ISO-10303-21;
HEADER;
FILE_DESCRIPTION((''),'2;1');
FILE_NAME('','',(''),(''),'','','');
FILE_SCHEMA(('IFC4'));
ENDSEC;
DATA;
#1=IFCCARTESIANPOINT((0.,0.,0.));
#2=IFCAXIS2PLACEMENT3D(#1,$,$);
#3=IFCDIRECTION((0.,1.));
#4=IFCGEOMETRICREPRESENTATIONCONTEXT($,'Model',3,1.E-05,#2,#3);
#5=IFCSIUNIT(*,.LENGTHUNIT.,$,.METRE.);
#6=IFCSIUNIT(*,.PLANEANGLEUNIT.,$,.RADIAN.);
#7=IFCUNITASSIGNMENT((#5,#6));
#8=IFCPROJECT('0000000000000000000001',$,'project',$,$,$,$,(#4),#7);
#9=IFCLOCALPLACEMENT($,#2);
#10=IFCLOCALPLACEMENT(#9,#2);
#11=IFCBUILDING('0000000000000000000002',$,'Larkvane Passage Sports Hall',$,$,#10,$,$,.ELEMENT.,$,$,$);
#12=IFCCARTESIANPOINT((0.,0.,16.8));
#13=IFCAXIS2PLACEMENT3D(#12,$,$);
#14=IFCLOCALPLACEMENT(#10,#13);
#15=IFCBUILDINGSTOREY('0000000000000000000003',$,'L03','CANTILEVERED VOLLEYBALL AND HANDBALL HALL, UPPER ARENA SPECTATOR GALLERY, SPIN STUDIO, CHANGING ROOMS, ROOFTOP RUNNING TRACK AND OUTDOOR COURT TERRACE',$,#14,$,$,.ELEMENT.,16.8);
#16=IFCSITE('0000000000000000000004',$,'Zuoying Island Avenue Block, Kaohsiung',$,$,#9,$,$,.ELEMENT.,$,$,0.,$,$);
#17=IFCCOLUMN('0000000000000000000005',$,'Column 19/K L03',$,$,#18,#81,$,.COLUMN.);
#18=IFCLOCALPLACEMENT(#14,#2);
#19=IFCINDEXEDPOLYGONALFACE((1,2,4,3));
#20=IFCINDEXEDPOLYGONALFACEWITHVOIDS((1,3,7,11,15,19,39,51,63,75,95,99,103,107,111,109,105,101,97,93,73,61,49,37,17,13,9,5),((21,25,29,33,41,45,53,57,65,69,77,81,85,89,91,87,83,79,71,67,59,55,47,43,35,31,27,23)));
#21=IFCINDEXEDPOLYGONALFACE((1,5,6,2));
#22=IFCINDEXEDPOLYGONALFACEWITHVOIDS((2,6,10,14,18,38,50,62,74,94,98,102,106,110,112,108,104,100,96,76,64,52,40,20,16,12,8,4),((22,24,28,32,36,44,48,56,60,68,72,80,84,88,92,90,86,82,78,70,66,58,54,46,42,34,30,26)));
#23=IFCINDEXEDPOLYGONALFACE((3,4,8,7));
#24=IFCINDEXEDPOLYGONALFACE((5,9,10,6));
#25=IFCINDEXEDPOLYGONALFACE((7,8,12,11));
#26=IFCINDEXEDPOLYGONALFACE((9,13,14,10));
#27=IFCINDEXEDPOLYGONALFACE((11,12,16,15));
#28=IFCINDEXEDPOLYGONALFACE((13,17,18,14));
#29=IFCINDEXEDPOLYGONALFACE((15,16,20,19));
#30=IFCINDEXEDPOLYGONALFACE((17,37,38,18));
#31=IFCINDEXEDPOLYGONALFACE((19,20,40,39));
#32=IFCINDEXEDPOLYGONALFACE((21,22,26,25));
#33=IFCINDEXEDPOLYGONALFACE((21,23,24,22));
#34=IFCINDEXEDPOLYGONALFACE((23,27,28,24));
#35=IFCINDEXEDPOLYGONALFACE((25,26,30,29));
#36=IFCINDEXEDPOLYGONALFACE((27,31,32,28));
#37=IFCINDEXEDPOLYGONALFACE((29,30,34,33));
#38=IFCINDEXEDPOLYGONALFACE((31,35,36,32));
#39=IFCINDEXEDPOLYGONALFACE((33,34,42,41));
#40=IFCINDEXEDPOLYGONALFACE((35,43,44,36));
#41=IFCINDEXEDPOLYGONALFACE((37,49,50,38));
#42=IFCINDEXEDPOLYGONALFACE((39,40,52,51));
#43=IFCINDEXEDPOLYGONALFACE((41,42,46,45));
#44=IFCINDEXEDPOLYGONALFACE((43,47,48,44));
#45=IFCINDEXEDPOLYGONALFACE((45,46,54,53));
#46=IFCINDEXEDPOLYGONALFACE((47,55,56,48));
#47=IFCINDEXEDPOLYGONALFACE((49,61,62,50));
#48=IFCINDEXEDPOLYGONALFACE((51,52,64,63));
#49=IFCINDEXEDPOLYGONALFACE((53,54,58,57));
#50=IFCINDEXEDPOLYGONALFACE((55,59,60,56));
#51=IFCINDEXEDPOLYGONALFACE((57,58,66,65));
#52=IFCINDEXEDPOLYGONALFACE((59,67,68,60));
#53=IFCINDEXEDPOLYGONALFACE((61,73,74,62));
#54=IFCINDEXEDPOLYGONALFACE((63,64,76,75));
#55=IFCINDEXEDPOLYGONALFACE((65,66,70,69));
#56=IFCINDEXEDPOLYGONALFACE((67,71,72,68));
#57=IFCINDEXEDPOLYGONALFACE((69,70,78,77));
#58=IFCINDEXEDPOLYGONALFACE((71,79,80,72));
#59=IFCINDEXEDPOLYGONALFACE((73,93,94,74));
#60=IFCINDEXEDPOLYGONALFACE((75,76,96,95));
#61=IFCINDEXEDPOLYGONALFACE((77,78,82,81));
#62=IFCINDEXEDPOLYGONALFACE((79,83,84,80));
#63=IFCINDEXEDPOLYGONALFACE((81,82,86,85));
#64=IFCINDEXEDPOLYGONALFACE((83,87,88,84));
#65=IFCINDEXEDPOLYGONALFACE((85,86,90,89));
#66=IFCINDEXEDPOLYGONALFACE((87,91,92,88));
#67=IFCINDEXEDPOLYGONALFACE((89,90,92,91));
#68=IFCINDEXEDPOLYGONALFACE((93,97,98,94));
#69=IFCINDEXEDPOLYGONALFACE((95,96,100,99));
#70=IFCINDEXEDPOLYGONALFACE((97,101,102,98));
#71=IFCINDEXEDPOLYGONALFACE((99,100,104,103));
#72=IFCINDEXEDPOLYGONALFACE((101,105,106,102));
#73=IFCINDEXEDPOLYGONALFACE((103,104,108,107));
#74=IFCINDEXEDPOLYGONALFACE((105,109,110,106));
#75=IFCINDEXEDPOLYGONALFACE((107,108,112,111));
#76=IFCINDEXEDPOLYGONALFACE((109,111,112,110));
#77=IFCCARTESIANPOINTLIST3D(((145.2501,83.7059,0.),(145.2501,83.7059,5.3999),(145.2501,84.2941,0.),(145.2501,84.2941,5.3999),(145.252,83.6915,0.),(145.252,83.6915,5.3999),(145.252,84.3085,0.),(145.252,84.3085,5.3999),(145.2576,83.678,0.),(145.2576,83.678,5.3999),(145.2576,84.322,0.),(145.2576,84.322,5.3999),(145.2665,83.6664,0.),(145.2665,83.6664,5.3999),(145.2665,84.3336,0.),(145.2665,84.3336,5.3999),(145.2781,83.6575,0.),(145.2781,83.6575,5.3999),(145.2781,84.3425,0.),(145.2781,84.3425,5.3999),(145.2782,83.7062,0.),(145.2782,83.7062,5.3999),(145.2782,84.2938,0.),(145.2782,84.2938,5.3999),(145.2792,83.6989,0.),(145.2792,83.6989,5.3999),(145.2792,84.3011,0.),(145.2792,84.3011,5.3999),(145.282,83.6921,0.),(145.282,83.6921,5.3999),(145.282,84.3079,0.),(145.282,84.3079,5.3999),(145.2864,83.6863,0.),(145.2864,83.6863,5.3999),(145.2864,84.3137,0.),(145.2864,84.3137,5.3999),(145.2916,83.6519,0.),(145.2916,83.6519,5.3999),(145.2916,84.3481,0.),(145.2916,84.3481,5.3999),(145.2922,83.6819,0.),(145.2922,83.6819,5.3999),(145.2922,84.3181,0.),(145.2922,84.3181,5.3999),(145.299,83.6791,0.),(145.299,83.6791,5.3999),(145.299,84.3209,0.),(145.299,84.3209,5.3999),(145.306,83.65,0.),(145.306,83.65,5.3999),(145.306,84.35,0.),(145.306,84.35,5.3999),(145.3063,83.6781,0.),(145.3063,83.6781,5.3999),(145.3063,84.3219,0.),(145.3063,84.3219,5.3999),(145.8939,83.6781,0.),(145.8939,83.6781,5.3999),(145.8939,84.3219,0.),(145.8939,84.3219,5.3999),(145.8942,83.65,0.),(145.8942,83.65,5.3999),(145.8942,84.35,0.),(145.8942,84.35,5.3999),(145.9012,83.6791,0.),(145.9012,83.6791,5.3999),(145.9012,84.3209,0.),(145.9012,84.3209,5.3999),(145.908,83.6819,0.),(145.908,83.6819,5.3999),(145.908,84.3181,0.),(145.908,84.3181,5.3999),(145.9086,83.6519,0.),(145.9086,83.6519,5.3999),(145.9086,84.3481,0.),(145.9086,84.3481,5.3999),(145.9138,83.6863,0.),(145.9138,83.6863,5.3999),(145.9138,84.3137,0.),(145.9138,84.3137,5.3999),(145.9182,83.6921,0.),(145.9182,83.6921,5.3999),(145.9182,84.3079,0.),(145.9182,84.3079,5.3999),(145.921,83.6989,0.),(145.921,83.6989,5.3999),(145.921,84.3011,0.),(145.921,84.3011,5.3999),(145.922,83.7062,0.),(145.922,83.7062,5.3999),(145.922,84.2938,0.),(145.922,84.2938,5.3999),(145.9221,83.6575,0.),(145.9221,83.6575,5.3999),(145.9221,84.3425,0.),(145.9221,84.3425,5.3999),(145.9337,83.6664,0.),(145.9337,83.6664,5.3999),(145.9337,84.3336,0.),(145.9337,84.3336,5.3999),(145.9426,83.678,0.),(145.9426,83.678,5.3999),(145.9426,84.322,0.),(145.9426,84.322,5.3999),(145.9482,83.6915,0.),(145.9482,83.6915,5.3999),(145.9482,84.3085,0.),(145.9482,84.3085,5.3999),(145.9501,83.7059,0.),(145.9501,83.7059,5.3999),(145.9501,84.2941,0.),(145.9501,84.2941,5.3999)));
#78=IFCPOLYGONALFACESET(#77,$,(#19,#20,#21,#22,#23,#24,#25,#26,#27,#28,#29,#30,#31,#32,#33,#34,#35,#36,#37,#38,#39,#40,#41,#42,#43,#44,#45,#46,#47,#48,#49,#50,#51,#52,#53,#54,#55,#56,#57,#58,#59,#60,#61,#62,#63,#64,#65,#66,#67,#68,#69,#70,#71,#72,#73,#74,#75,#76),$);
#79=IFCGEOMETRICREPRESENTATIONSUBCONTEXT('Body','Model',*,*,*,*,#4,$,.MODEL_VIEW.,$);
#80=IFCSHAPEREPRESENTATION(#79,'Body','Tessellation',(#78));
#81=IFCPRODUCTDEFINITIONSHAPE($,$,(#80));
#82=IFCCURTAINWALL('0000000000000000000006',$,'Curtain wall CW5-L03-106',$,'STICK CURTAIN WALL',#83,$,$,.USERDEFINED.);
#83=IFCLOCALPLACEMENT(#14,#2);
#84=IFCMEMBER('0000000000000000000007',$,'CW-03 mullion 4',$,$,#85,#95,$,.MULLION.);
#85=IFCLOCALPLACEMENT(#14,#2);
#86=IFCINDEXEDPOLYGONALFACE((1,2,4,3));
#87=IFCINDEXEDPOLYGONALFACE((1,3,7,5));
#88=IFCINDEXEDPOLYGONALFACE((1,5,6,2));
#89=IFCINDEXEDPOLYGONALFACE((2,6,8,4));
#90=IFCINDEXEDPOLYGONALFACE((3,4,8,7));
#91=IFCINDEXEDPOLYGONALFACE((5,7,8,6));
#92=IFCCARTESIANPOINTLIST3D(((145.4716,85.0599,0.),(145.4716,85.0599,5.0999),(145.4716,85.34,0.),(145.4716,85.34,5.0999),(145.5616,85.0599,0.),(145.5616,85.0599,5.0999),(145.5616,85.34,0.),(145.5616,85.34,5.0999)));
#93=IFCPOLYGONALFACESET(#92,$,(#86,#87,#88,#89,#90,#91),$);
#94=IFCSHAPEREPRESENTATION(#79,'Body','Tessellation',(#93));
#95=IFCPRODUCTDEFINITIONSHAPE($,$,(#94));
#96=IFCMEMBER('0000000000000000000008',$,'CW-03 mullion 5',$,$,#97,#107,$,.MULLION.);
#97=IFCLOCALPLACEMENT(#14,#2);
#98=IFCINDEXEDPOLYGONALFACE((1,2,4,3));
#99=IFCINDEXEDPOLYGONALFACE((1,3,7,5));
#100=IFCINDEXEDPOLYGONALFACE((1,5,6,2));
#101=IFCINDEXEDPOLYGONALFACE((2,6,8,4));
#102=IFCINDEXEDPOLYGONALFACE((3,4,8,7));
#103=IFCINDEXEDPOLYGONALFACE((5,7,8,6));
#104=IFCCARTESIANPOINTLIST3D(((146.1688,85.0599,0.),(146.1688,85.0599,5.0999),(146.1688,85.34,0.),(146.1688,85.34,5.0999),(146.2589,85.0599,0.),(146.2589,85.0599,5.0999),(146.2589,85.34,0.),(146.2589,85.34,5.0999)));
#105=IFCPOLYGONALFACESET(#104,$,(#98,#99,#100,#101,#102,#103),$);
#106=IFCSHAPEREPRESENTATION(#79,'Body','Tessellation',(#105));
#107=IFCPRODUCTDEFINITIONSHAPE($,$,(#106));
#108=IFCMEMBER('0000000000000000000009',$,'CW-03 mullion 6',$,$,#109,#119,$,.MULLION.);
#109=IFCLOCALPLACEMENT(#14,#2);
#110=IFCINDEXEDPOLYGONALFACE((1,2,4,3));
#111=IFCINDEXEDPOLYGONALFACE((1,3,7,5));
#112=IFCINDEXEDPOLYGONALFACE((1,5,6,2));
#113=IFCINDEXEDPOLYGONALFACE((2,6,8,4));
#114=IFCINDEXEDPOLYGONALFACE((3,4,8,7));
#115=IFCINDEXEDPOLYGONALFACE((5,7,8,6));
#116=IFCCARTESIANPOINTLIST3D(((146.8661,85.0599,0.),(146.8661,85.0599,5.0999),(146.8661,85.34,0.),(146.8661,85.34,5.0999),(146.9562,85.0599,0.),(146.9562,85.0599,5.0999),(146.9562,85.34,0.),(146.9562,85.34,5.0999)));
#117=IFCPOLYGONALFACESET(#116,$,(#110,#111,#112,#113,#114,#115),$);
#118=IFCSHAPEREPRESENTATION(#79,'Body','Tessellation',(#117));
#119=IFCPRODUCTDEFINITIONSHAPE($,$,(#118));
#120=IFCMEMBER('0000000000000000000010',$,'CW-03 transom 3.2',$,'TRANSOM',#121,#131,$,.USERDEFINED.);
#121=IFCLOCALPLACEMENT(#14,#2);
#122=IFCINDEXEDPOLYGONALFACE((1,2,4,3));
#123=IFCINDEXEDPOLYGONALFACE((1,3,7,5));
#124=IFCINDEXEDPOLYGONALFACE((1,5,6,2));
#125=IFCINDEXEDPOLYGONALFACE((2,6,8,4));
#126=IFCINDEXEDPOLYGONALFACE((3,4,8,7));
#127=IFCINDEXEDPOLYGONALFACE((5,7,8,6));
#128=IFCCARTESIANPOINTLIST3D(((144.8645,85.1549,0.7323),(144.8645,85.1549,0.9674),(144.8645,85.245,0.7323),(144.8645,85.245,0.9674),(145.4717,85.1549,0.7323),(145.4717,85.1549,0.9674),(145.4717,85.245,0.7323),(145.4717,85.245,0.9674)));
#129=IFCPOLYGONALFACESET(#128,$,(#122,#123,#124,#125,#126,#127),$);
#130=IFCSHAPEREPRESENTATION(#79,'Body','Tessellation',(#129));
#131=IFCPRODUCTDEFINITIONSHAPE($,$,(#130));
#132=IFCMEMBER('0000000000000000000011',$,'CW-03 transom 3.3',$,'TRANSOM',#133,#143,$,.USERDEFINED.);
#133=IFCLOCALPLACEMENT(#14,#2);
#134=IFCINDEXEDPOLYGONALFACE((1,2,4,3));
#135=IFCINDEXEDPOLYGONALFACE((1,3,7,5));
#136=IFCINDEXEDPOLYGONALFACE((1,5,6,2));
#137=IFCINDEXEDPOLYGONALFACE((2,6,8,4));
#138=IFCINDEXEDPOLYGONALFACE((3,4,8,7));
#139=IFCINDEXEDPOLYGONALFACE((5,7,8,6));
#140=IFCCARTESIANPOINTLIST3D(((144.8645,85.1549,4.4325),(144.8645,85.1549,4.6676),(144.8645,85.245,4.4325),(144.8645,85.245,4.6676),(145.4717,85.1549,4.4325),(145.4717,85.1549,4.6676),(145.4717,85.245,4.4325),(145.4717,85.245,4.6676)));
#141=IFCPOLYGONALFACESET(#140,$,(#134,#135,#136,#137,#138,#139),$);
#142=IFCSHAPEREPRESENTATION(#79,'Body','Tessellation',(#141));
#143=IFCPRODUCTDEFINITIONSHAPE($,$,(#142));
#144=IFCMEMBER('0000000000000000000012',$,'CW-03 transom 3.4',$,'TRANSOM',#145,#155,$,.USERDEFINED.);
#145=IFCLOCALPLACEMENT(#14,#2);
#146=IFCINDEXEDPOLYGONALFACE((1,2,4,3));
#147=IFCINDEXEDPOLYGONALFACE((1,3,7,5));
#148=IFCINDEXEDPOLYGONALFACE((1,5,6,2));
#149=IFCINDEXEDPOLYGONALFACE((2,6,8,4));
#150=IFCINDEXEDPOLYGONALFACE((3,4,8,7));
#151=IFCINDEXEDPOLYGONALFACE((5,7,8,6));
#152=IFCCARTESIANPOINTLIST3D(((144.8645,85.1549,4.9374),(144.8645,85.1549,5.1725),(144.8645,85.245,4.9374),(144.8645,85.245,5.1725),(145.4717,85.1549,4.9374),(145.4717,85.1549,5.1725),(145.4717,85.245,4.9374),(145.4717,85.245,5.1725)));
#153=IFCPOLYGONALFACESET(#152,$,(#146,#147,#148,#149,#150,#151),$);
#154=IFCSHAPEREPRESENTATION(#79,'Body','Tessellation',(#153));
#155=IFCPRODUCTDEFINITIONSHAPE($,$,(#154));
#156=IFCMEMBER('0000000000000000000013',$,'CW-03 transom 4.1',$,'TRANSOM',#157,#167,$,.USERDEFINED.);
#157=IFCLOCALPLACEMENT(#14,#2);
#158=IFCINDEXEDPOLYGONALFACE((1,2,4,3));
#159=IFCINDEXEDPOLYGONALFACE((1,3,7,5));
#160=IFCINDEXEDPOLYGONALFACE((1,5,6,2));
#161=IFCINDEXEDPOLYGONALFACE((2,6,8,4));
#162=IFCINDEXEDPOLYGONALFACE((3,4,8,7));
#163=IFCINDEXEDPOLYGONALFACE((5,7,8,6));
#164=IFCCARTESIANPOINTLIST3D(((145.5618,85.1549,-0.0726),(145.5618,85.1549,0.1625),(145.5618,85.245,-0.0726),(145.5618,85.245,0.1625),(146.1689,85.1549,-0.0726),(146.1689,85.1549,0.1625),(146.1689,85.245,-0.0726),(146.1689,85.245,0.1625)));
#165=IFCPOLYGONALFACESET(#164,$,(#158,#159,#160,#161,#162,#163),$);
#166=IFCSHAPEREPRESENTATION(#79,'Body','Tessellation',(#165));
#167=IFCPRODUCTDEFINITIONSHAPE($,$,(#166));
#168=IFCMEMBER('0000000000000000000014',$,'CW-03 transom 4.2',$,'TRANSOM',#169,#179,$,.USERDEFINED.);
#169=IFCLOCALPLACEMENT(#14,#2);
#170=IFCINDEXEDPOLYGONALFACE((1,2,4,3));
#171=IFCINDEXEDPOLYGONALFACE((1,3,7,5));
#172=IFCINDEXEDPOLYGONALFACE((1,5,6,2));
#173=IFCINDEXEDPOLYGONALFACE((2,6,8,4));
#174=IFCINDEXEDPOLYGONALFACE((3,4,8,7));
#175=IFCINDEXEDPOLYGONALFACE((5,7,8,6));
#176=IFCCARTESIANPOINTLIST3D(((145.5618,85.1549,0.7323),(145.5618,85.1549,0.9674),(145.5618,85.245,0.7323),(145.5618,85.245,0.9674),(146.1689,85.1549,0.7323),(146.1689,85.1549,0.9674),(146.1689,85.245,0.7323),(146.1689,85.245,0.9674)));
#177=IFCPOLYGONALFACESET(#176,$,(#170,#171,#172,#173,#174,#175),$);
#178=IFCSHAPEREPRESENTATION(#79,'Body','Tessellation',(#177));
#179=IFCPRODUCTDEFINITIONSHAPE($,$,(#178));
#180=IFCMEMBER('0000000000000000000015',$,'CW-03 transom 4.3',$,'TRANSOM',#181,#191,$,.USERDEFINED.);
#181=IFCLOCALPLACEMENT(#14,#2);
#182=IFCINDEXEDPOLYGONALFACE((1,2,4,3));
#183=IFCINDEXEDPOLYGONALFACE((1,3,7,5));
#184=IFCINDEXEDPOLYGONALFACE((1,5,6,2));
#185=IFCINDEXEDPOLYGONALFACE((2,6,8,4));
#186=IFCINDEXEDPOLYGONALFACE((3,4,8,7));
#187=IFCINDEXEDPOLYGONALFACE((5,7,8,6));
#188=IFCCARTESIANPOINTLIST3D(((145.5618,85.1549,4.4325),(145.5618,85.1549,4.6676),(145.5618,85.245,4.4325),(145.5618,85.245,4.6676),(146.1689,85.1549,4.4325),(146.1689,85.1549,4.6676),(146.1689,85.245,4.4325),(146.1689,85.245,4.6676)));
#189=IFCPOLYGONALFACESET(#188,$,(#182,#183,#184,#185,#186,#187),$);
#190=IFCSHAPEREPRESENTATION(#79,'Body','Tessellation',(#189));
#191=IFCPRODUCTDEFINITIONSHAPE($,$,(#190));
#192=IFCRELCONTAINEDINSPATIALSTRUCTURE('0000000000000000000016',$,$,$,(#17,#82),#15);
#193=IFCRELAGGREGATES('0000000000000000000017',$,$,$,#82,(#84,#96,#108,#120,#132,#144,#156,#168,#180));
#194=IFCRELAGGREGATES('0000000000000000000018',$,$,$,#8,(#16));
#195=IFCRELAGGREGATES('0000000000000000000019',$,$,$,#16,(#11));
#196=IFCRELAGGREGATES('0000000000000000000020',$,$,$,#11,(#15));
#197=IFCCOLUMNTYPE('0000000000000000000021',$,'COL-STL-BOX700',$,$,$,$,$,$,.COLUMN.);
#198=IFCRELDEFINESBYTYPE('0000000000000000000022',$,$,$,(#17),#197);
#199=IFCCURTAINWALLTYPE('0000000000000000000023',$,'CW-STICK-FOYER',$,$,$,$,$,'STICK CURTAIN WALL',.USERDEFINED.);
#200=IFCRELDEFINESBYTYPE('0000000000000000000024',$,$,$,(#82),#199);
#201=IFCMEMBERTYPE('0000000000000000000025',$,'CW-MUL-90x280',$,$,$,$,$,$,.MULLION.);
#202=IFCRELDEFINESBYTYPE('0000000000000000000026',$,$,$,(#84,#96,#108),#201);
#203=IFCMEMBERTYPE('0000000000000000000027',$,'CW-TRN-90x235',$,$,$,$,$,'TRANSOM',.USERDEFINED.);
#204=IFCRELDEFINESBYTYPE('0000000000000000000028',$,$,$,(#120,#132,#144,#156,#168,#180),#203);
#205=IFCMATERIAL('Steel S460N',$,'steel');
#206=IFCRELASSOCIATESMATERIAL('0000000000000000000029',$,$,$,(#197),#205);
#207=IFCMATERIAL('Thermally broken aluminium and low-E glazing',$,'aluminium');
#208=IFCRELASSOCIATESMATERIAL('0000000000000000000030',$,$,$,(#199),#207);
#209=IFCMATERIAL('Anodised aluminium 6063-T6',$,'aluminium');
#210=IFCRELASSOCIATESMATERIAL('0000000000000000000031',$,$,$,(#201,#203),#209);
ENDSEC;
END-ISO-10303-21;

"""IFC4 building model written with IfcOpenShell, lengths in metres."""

from ifc_helpers import new_model, si_unit, direction, frame, origin, origin_2d, place, context, subcontext, project, spatial, rectangle, hollow_rectangle, extrude, material, material_profile, profile_set, type_object, element, aggregate, save


model = new_model("IFC4")

# Units and contexts
model_context = context("Model", 3, precision=1e-05, world=origin(), true_north=direction((0.0, 1.0)))
body_context = subcontext(model_context, "Body", "Model", "MODEL_VIEW")
ifc_project = project(units=[si_unit("LENGTHUNIT", "METRE"), si_unit("PLANEANGLEUNIT", "RADIAN")], contexts=[model_context])

# Site, building, storey
site_placement = place(None, origin())
site = spatial("IfcSite", under=ifc_project, at=site_placement, Name="Zuoying Island Avenue Block, Kaohsiung", CompositionType="ELEMENT", RefElevation=0.0)
building_placement = place(site_placement, origin())
building = spatial("IfcBuilding", under=site, at=building_placement, Name="Larkvane Passage Sports Hall", CompositionType="ELEMENT")
storey_placement = place(building_placement, frame((0.0, 0.0, 16.8)))
storey = spatial("IfcBuildingStorey", under=building, at=storey_placement, Name="L03", Description="CANTILEVERED VOLLEYBALL AND HANDBALL HALL, UPPER ARENA SPECTATOR GALLERY, SPIN STUDIO, CHANGING ROOMS, ROOFTOP RUNNING TRACK AND OUTDOOR COURT TERRACE", CompositionType="ELEMENT", Elevation=16.8)

# Column
ifc_material_1 = material(Name="Steel S460N", Category="steel")
ifc_material_profile_1 = material_profile(ifc_material_1, hollow_rectangle(XDim=0.7, YDim=0.7, WallThickness=0.0281, InnerFilletRadius=0.0281, OuterFilletRadius=0.0559, at=origin_2d()), Name="BOX-700x700x28")
ifc_profile_set_1 = profile_set([ifc_material_profile_1], Name="Steel S460N")
column_type = type_object("IfcColumnType", Name="COL-STL-BOX700", PredefinedType="COLUMN", material=ifc_profile_set_1)
column_placement = place(storey_placement, frame((145.6001, 84.0, 0.0), z_axis=(0.0, 0.0, 1.0), x_axis=(1.0, 0.0, 0.0)))
element("IfcColumn", 1, at=column_placement, inside=storey, type_object=column_type, Name="Column 19/K L03", PredefinedType="COLUMN", context=body_context, shape_type="SweptSolid", body=[
    extrude(hollow_rectangle(XDim=0.7, YDim=0.7, WallThickness=0.0281, InnerFilletRadius=0.0281, OuterFilletRadius=0.0559, at=origin_2d()), origin(), (0.0, 0.0, 1.0), 5.3999),
])

# Curtain wall, members
ifc_material_2 = material(Name="Thermally broken aluminium and low-E glazing", Category="aluminium")
curtain_wall_type = type_object("IfcCurtainWallType", Name="CW-STICK-FOYER", ElementType="STICK CURTAIN WALL", PredefinedType="USERDEFINED", material=ifc_material_2)
curtain_wall_placement = place(storey_placement, origin())
curtain_wall = element("IfcCurtainWall", 2, at=curtain_wall_placement, inside=storey, type_object=curtain_wall_type, Name="Curtain wall CW5-L03-106", ObjectType="STICK CURTAIN WALL", PredefinedType="USERDEFINED")
ifc_material_3 = material(Name="Anodised aluminium 6063-T6", Category="aluminium")
ifc_material_profile_2 = material_profile(ifc_material_3, rectangle(XDim=0.0901, YDim=0.28, at=origin_2d()), Name="ALU-MUL-90x280")
ifc_profile_set_2 = profile_set([ifc_material_profile_2], Name="Anodised aluminium 6063-T6")
member_type_1 = type_object("IfcMemberType", Name="CW-MUL-90x280", PredefinedType="MULLION", material=ifc_profile_set_2)
member_1_placement = place(storey_placement, frame((145.5166, 85.2, 0.0), z_axis=(0.0, 0.0, 1.0), x_axis=(1.0, 0.0, 0.0)))
member_1 = element("IfcMember", 3, at=member_1_placement, type_object=member_type_1, Name="CW-03 mullion 4", PredefinedType="MULLION", context=body_context, shape_type="SweptSolid", body=[
    extrude(rectangle(XDim=0.0901, YDim=0.28, at=origin_2d()), origin(), (0.0, 0.0, 1.0), 5.0999),
])
member_2_placement = place(storey_placement, frame((146.2139, 85.2, 0.0), z_axis=(0.0, 0.0, 1.0), x_axis=(1.0, 0.0, 0.0)))
member_2 = element("IfcMember", 4, at=member_2_placement, type_object=member_type_1, Name="CW-03 mullion 5", PredefinedType="MULLION", context=body_context, shape_type="SweptSolid", body=[
    extrude(rectangle(XDim=0.0901, YDim=0.28, at=origin_2d()), origin(), (0.0, 0.0, 1.0), 5.0999),
])
member_3_placement = place(storey_placement, frame((146.9111, 85.2, 0.0), z_axis=(0.0, 0.0, 1.0), x_axis=(1.0, 0.0, 0.0)))
member_3 = element("IfcMember", 5, at=member_3_placement, type_object=member_type_1, Name="CW-03 mullion 6", PredefinedType="MULLION", context=body_context, shape_type="SweptSolid", body=[
    extrude(rectangle(XDim=0.0901, YDim=0.28, at=origin_2d()), origin(), (0.0, 0.0, 1.0), 5.0999),
])
ifc_material_profile_3 = material_profile(ifc_material_3, rectangle(XDim=0.0901, YDim=0.2351, at=origin_2d()), Name="ALU-TRN-90x235")
ifc_profile_set_3 = profile_set([ifc_material_profile_3], Name="Anodised aluminium 6063-T6")
member_type_2 = type_object("IfcMemberType", Name="CW-TRN-90x235", ElementType="TRANSOM", PredefinedType="USERDEFINED", material=ifc_profile_set_3)
member_4_placement = place(storey_placement, frame((144.8645, 85.2, 0.8499), z_axis=(1.0, 0.0, 0.0), x_axis=(0.0, 1.0, 0.0)))
member_4 = element("IfcMember", 6, at=member_4_placement, type_object=member_type_2, Name="CW-03 transom 3.2", ObjectType="TRANSOM", PredefinedType="USERDEFINED", context=body_context, shape_type="SweptSolid", body=[
    extrude(rectangle(XDim=0.0901, YDim=0.2351, at=origin_2d()), origin(), (0.0, 0.0, 1.0), 0.6072),
])
member_5_placement = place(storey_placement, frame((144.8645, 85.2, 4.55), z_axis=(1.0, 0.0, 0.0), x_axis=(0.0, 1.0, 0.0)))
member_5 = element("IfcMember", 7, at=member_5_placement, type_object=member_type_2, Name="CW-03 transom 3.3", ObjectType="TRANSOM", PredefinedType="USERDEFINED", context=body_context, shape_type="SweptSolid", body=[
    extrude(rectangle(XDim=0.0901, YDim=0.2351, at=origin_2d()), origin(), (0.0, 0.0, 1.0), 0.6072),
])
member_6_placement = place(storey_placement, frame((144.8645, 85.2, 5.0549), z_axis=(1.0, 0.0, 0.0), x_axis=(0.0, 1.0, 0.0)))
member_6 = element("IfcMember", 8, at=member_6_placement, type_object=member_type_2, Name="CW-03 transom 3.4", ObjectType="TRANSOM", PredefinedType="USERDEFINED", context=body_context, shape_type="SweptSolid", body=[
    extrude(rectangle(XDim=0.0901, YDim=0.2351, at=origin_2d()), origin(), (0.0, 0.0, 1.0), 0.6072),
])
member_7_placement = place(storey_placement, frame((145.5618, 85.2, 0.0449), z_axis=(1.0, 0.0, 0.0), x_axis=(0.0, 1.0, 0.0)))
member_7 = element("IfcMember", 9, at=member_7_placement, type_object=member_type_2, Name="CW-03 transom 4.1", ObjectType="TRANSOM", PredefinedType="USERDEFINED", context=body_context, shape_type="SweptSolid", body=[
    extrude(rectangle(XDim=0.0901, YDim=0.2351, at=origin_2d()), origin(), (0.0, 0.0, 1.0), 0.6072),
])
member_8_placement = place(storey_placement, frame((145.5618, 85.2, 0.8499), z_axis=(1.0, 0.0, 0.0), x_axis=(0.0, 1.0, 0.0)))
member_8 = element("IfcMember", 10, at=member_8_placement, type_object=member_type_2, Name="CW-03 transom 4.2", ObjectType="TRANSOM", PredefinedType="USERDEFINED", context=body_context, shape_type="SweptSolid", body=[
    extrude(rectangle(XDim=0.0901, YDim=0.2351, at=origin_2d()), origin(), (0.0, 0.0, 1.0), 0.6072),
])
member_9_placement = place(storey_placement, frame((145.5618, 85.2, 4.55), z_axis=(1.0, 0.0, 0.0), x_axis=(0.0, 1.0, 0.0)))
member_9 = element("IfcMember", 11, at=member_9_placement, type_object=member_type_2, Name="CW-03 transom 4.3", ObjectType="TRANSOM", PredefinedType="USERDEFINED", context=body_context, shape_type="SweptSolid", body=[
    extrude(rectangle(XDim=0.0901, YDim=0.2351, at=origin_2d()), origin(), (0.0, 0.0, 1.0), 0.6072),
])
aggregate(curtain_wall, [member_1, member_2, member_3, member_4, member_5, member_6, member_7, member_8, member_9])

save(model, "model.ifc")
